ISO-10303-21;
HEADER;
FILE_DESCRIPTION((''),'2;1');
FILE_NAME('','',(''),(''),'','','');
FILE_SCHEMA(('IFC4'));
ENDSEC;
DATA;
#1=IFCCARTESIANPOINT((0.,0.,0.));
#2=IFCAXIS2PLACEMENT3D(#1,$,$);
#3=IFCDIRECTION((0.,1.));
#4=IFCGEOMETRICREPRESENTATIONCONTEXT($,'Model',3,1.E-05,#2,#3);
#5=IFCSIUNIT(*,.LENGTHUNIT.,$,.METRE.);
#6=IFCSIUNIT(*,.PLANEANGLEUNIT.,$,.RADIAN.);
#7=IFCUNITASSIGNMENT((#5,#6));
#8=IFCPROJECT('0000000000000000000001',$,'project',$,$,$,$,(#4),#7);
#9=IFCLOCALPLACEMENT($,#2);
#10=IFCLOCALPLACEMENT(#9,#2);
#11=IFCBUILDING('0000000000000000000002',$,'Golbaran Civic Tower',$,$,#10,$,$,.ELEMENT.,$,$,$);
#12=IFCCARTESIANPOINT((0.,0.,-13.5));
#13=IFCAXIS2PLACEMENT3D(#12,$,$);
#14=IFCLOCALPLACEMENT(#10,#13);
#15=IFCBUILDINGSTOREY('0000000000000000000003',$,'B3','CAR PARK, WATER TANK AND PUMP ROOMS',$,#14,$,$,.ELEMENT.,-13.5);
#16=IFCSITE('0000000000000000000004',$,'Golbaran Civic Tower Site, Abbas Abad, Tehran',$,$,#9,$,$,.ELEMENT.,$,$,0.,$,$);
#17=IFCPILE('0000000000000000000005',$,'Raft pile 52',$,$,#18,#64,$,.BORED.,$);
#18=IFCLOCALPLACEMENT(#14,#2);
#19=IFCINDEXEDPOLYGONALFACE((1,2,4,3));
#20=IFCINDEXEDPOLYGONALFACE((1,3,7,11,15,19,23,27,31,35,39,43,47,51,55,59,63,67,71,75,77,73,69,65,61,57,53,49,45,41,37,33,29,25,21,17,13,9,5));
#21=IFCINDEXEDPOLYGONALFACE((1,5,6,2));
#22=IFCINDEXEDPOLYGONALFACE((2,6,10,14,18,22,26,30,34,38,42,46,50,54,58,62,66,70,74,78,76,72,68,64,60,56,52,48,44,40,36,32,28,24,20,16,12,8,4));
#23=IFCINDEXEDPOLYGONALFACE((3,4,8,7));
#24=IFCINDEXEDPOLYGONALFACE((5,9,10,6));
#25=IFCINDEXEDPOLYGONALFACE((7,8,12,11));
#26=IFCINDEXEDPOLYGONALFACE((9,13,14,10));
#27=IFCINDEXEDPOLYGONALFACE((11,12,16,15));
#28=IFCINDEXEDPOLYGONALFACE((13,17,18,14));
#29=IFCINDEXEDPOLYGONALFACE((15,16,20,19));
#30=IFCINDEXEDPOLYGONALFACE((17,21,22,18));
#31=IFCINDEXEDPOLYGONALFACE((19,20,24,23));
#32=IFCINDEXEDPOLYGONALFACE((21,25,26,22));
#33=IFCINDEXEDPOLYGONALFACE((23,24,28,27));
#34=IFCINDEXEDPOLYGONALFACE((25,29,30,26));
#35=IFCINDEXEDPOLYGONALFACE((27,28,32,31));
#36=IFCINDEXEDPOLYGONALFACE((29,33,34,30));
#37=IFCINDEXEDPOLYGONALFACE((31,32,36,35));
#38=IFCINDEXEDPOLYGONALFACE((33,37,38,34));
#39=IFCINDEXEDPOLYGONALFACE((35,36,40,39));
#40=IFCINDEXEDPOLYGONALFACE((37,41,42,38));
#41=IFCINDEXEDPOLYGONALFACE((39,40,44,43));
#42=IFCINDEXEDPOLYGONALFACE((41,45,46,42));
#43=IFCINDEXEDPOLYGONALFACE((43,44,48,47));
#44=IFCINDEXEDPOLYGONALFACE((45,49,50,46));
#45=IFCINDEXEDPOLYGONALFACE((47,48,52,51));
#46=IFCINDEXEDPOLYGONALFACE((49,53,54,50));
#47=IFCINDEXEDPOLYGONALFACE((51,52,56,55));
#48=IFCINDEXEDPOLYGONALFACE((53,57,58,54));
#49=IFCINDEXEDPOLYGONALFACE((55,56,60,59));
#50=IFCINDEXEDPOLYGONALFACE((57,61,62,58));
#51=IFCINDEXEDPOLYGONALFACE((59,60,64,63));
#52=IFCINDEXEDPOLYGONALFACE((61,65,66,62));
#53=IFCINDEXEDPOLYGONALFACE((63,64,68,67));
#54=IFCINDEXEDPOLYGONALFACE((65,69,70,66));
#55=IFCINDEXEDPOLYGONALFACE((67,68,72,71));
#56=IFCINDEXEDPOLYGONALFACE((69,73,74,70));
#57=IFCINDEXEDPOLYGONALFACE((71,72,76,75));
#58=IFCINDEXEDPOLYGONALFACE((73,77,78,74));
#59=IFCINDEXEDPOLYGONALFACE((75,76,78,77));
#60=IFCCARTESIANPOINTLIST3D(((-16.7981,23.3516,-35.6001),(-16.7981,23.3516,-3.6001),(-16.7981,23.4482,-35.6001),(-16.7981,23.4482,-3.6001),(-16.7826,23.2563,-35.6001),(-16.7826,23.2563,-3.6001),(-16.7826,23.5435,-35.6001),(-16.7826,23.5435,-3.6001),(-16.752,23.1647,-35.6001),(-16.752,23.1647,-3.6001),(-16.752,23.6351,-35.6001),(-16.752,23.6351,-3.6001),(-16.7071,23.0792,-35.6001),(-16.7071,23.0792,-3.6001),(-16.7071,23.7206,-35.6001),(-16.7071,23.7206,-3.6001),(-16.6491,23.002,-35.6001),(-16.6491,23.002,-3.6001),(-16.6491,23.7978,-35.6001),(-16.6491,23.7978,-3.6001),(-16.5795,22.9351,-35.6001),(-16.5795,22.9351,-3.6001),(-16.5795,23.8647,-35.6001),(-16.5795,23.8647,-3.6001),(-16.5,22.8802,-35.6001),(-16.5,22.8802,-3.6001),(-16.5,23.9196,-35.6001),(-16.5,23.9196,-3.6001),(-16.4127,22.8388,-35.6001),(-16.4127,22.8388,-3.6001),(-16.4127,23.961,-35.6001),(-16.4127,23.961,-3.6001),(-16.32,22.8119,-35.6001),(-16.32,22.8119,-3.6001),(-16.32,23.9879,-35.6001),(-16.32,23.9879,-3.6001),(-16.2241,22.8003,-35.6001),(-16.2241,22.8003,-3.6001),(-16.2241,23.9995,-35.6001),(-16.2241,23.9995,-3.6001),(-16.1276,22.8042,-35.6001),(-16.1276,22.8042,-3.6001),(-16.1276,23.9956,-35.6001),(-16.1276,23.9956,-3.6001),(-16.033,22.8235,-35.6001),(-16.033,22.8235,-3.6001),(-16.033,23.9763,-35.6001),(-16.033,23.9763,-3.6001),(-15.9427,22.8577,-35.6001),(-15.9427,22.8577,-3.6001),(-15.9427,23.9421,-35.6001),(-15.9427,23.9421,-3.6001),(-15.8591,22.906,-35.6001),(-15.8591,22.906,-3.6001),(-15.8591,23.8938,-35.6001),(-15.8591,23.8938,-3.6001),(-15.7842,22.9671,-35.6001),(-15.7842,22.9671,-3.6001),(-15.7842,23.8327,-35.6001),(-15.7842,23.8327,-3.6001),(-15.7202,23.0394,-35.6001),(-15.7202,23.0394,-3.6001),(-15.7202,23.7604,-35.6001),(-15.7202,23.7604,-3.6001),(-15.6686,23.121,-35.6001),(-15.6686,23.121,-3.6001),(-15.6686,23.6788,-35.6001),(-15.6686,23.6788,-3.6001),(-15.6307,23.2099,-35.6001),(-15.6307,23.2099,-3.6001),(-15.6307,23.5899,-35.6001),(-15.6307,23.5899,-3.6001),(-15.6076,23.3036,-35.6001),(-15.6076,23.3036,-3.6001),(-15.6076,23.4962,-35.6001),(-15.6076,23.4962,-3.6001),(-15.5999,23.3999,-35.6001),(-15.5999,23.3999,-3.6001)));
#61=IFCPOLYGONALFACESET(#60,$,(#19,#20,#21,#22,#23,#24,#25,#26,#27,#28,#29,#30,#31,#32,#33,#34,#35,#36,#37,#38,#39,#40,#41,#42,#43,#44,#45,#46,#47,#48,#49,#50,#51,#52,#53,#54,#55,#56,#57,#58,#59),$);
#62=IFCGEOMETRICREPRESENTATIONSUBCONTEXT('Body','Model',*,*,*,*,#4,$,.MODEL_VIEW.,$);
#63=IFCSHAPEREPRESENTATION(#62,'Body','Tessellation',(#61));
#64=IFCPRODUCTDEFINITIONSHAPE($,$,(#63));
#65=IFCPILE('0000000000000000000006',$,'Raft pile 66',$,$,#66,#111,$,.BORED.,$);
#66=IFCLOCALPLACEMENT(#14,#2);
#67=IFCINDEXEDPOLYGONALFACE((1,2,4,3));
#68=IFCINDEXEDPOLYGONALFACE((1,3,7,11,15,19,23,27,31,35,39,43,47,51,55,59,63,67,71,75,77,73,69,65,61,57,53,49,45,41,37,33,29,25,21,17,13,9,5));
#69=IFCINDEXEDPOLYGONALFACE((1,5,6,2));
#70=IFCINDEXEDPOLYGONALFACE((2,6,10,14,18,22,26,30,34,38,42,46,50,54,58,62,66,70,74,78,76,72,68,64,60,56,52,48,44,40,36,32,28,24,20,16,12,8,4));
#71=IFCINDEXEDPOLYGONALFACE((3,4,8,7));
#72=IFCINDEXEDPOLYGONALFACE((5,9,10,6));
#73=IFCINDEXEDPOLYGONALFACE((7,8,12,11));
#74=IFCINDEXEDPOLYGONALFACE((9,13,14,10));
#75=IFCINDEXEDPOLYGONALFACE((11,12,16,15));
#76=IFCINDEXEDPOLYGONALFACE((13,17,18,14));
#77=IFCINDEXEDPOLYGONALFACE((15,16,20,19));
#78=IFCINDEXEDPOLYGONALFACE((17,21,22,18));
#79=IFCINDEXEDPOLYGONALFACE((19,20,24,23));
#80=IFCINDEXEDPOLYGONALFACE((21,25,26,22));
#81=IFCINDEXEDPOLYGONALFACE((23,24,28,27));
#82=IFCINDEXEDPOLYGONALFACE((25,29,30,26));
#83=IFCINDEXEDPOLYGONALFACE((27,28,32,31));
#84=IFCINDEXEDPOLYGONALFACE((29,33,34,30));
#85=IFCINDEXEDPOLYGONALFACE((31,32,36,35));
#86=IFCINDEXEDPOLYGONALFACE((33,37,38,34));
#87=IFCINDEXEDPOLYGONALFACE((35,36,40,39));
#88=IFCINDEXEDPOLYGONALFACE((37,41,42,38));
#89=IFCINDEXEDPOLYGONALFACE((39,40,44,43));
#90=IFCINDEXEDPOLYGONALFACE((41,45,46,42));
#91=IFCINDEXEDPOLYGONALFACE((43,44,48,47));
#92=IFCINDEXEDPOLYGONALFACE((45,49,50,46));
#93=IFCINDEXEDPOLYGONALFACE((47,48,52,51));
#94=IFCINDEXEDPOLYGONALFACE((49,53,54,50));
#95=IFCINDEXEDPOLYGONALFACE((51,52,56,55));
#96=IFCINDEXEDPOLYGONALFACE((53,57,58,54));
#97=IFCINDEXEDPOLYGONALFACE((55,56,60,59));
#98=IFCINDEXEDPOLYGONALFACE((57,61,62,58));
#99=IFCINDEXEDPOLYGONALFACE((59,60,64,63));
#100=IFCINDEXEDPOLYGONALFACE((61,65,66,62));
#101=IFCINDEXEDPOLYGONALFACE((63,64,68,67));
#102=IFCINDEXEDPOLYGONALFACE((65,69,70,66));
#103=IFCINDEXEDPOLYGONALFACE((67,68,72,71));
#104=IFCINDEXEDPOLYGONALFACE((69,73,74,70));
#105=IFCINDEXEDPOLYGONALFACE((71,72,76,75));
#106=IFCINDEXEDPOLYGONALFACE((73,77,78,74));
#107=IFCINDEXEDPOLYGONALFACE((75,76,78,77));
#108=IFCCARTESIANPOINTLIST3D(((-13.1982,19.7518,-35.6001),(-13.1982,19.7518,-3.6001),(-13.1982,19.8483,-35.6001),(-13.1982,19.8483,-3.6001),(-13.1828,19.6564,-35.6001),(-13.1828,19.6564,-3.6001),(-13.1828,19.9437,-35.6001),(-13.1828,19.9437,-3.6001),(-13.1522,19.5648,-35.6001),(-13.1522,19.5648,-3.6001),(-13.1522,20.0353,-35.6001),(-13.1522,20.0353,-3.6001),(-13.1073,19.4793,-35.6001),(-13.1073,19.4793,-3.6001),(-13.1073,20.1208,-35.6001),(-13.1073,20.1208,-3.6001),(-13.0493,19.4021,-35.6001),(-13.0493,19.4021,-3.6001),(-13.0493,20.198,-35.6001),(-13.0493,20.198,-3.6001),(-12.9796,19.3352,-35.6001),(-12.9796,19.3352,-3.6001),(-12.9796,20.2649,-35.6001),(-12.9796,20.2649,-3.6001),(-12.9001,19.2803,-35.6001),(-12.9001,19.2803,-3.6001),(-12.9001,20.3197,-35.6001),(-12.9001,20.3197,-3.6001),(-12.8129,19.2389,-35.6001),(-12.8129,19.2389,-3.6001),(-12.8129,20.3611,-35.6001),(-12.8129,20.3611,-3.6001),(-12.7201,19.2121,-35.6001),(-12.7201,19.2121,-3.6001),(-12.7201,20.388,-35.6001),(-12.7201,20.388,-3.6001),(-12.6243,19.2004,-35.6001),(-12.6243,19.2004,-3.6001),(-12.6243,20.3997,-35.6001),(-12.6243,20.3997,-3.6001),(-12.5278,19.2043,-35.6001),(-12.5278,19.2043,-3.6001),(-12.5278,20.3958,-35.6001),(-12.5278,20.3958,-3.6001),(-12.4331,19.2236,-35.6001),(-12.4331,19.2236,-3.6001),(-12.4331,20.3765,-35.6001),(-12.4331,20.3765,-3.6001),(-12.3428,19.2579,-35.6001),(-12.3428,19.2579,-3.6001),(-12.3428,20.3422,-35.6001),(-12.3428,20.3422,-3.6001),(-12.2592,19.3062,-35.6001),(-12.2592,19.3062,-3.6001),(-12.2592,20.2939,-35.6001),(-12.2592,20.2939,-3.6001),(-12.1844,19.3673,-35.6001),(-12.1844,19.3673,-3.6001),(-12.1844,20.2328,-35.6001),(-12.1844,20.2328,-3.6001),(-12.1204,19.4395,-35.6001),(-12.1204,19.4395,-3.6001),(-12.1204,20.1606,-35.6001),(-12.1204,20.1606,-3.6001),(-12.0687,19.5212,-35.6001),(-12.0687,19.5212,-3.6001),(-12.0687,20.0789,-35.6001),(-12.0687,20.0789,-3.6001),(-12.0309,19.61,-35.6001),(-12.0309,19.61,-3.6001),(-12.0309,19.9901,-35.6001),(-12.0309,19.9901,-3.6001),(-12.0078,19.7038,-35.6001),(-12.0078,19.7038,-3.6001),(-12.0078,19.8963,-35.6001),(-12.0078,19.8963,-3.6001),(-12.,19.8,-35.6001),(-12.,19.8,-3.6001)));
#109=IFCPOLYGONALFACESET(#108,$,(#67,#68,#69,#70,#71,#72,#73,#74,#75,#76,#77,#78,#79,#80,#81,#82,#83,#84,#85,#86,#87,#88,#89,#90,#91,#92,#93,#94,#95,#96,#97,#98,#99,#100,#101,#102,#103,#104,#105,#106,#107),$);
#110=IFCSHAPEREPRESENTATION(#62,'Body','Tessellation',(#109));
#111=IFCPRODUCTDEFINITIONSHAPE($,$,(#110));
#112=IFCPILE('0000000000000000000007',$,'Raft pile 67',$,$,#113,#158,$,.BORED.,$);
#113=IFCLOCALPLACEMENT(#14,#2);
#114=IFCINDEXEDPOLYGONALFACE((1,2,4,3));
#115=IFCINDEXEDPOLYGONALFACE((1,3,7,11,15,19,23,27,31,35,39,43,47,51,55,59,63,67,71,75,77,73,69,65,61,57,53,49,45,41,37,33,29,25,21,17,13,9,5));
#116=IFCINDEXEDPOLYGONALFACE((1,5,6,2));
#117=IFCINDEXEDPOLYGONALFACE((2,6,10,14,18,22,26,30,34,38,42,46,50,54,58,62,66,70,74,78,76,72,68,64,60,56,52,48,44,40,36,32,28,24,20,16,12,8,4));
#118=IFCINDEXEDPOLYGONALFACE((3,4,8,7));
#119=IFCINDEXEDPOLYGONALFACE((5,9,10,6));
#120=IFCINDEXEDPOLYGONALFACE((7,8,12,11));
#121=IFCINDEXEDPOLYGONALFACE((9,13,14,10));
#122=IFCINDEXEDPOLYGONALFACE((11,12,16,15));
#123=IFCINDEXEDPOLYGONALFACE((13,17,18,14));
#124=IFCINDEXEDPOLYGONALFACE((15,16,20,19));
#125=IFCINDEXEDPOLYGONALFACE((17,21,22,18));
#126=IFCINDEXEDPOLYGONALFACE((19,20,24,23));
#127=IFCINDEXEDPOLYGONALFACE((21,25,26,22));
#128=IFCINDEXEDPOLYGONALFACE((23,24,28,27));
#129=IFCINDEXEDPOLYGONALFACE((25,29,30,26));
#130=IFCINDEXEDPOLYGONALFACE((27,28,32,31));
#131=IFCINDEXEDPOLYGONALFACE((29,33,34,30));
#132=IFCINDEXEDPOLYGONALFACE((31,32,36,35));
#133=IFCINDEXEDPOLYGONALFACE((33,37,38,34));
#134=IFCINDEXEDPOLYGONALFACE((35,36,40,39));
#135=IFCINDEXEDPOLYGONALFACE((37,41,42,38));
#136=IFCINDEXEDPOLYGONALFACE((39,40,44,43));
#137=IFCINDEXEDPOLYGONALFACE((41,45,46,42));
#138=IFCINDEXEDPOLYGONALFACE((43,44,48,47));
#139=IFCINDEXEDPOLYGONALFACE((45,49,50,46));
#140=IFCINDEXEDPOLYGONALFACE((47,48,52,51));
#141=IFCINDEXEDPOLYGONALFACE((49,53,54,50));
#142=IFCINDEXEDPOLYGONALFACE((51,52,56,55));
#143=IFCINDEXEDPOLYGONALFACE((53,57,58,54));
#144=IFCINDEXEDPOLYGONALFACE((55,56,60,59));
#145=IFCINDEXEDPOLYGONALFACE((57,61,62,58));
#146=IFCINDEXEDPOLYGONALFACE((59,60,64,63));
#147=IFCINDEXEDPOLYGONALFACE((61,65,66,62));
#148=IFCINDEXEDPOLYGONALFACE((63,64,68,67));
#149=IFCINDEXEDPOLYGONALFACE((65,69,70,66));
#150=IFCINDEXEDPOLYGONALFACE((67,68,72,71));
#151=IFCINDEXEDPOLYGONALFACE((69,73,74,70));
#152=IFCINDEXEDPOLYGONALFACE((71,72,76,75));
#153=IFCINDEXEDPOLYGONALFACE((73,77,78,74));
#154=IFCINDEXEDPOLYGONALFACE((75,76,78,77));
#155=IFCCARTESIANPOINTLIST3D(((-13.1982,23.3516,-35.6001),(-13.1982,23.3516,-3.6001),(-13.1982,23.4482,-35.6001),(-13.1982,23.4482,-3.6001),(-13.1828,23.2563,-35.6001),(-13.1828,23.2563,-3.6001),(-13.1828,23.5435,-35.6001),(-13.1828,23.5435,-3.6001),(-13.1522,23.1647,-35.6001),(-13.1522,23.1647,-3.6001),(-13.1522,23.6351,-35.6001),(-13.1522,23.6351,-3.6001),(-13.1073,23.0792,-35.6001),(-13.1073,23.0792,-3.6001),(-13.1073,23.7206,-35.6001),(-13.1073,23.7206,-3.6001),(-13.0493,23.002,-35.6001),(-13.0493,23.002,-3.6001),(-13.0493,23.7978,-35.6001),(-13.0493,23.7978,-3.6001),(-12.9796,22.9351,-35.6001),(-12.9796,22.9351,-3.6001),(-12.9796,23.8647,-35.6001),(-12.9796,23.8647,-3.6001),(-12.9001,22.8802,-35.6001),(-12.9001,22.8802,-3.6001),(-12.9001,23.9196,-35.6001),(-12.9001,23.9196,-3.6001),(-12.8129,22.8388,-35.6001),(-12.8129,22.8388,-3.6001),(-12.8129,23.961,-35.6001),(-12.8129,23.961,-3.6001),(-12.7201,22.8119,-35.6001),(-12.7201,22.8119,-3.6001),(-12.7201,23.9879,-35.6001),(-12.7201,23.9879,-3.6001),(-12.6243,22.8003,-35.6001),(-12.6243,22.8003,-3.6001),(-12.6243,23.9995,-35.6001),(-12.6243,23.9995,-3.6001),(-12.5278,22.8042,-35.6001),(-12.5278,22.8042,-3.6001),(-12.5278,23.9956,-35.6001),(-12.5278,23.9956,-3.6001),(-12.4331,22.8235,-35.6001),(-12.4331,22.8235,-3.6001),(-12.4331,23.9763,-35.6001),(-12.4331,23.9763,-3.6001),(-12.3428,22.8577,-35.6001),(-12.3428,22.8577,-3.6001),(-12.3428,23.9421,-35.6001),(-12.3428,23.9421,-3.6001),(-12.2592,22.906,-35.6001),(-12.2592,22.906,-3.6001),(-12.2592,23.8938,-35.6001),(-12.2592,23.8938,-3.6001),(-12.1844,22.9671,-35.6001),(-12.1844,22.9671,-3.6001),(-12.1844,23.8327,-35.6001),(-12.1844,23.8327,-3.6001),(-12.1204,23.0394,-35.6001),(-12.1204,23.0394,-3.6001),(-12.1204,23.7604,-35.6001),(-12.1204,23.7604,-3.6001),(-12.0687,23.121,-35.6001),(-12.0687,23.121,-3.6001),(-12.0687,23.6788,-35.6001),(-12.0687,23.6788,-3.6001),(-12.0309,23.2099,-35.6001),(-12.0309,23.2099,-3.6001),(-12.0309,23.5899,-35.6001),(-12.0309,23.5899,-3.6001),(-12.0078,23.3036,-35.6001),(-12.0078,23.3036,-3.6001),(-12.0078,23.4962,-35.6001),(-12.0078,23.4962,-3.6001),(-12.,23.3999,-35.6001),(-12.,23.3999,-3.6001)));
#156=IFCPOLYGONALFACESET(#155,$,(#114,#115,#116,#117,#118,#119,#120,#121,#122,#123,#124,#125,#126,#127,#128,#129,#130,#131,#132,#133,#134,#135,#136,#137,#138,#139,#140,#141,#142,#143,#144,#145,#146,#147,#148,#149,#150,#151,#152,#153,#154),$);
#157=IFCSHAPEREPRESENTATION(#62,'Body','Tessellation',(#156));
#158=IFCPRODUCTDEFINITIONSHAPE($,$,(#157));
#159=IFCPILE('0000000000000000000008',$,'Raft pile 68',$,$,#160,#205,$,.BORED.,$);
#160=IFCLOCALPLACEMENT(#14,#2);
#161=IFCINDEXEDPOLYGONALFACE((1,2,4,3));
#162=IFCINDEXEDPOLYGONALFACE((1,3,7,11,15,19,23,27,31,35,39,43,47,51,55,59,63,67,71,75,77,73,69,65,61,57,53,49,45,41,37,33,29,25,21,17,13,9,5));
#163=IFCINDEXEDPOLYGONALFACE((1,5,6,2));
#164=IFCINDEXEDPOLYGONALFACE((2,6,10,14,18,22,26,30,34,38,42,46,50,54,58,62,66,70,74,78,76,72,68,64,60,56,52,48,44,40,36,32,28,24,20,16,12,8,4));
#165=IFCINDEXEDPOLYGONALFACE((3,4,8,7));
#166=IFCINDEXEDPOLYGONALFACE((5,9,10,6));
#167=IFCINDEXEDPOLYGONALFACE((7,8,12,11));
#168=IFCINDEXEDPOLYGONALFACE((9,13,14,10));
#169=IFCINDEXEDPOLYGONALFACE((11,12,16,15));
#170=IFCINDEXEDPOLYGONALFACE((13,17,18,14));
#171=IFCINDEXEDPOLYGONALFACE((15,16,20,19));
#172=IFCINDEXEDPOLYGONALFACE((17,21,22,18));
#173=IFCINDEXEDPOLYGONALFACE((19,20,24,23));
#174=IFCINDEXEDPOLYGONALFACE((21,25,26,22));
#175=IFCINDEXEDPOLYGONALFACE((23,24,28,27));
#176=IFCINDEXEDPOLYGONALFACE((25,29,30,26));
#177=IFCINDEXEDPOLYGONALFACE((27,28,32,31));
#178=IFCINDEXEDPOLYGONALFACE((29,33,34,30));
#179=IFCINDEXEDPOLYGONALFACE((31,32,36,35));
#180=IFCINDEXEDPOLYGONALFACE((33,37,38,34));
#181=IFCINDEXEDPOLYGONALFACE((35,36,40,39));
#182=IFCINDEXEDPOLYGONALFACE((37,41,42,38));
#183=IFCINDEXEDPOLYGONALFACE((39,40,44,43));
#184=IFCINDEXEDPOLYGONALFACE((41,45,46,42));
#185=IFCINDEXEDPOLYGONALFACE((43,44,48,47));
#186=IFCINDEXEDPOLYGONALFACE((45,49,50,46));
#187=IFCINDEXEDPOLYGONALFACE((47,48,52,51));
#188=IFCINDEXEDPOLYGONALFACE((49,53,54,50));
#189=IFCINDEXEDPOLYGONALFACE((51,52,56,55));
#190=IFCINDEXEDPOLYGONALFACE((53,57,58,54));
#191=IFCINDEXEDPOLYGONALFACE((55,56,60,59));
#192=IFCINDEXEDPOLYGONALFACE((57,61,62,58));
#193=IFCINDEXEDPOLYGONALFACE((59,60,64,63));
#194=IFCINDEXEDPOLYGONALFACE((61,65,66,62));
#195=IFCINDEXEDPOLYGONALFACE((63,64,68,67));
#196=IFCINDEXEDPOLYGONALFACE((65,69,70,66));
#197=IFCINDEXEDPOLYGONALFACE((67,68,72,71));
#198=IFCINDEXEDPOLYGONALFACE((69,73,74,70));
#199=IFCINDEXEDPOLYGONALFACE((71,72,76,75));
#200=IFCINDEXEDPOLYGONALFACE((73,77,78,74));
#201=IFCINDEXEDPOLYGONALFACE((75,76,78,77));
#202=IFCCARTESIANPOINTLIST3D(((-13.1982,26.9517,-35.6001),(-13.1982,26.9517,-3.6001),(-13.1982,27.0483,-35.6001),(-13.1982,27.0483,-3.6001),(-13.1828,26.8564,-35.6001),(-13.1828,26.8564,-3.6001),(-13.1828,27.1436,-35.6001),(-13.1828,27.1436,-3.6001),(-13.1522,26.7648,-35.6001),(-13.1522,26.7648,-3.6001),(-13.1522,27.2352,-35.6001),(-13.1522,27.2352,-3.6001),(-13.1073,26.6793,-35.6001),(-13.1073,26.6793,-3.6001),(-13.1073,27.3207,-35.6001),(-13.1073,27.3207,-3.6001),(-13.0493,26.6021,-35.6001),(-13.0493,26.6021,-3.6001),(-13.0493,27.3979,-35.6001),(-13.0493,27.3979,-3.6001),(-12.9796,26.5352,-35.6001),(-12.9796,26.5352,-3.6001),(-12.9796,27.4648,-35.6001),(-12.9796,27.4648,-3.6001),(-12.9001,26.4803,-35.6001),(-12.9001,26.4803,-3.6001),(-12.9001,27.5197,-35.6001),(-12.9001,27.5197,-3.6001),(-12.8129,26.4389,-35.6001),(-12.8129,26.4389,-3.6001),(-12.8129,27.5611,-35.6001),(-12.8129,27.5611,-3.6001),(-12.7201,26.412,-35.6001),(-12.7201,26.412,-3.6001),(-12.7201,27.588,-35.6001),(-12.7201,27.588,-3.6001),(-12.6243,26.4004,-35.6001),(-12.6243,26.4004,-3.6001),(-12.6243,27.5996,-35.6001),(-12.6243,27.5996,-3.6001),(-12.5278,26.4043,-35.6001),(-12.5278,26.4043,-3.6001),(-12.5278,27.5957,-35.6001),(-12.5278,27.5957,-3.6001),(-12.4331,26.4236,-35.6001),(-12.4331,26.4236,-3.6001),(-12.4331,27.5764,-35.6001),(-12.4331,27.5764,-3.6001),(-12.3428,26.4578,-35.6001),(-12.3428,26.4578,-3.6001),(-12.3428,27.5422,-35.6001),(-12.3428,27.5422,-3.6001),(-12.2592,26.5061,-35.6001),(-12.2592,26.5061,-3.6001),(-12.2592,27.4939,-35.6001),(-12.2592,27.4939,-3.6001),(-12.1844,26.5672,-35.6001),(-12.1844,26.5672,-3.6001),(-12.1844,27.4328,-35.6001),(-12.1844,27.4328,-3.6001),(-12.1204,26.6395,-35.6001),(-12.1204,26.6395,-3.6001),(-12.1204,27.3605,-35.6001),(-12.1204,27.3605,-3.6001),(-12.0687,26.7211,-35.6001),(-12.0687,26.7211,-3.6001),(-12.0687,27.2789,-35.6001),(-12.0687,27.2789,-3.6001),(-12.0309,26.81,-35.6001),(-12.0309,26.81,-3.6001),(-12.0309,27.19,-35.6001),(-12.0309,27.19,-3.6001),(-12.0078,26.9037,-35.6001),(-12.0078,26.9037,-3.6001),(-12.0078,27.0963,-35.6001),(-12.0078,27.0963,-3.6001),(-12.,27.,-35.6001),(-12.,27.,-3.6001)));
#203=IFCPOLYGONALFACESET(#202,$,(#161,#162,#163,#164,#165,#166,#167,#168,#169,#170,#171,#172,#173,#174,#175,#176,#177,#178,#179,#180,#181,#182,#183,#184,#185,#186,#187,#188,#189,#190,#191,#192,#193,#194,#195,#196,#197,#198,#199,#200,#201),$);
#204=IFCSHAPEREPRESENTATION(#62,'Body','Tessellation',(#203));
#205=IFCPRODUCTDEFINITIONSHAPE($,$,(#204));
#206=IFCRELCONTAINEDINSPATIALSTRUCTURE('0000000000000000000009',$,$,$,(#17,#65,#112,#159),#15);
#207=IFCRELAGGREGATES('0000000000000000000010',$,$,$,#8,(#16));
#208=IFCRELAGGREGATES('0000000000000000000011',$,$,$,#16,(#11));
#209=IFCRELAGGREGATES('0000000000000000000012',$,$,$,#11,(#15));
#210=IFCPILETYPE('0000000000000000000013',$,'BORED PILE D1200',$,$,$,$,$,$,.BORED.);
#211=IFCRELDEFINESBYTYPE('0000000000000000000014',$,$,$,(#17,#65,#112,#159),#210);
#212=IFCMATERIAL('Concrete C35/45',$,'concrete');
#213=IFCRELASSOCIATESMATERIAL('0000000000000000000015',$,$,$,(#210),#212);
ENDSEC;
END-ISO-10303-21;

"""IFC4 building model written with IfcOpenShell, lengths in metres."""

from ifc_helpers import new_model, si_unit, direction, frame, origin, origin_2d, place, context, subcontext, project, spatial, circle, extrude, material, material_profile, profile_set, type_object, element, save


model = new_model("IFC4")

# Units and contexts
model_context = context("Model", 3, precision=1e-05, world=origin(), true_north=direction((0.0, 1.0)))
body_context = subcontext(model_context, "Body", "Model", "MODEL_VIEW")
ifc_project = project(units=[si_unit("LENGTHUNIT", "METRE"), si_unit("PLANEANGLEUNIT", "RADIAN")], contexts=[model_context])

# Site, building, storey
site_placement = place(None, origin())
site = spatial("IfcSite", under=ifc_project, at=site_placement, Name="Golbaran Civic Tower Site, Abbas Abad, Tehran", CompositionType="ELEMENT", RefElevation=0.0)
building_placement = place(site_placement, origin())
building = spatial("IfcBuilding", under=site, at=building_placement, Name="Golbaran Civic Tower", CompositionType="ELEMENT")
storey_placement = place(building_placement, frame((0.0, 0.0, -13.5)))
storey = spatial("IfcBuildingStorey", under=building, at=storey_placement, Name="B3", Description="CAR PARK, WATER TANK AND PUMP ROOMS", CompositionType="ELEMENT", Elevation=-13.5)

# Piles
ifc_material_1 = material(Name="Concrete C35/45", Category="concrete")
ifc_material_profile_1 = material_profile(ifc_material_1, circle(Radius=0.6001, at=origin_2d()), Name="BORED PILE D1200")
ifc_profile_set_1 = profile_set([ifc_material_profile_1], Name="Concrete C35/45")
pile_type_1 = type_object("IfcPileType", Name="BORED PILE D1200", PredefinedType="BORED", material=ifc_profile_set_1)
for number, where, z_axis, x_axis, name in (
    (1, (-16.2, 23.3999, -3.6001), (0.0, 0.0, -1.0), (1.0, 0.0, 0.0), "Raft pile 52"),
    (2, (-12.6001, 19.8, -3.6001), (0.0, 0.0, -1.0), (1.0, 0.0, 0.0), "Raft pile 66"),
    (3, (-12.6001, 23.3999, -3.6001), (0.0, 0.0, -1.0), (1.0, 0.0, 0.0), "Raft pile 67"),
    (4, (-12.6001, 27.0, -3.6001), (0.0, 0.0, -1.0), (1.0, 0.0, 0.0), "Raft pile 68"),
):
    element("IfcPile", number, at=place(storey_placement, frame(where, z_axis=z_axis, x_axis=x_axis)), inside=storey, type_object=pile_type_1, Name=name, PredefinedType="BORED", context=body_context, shape_type="SweptSolid", body=[
        extrude(circle(Radius=0.6001, at=origin_2d()), origin(), (0.0, 0.0, 1.0), 32.0),
    ])

save(model, "model.ifc")
